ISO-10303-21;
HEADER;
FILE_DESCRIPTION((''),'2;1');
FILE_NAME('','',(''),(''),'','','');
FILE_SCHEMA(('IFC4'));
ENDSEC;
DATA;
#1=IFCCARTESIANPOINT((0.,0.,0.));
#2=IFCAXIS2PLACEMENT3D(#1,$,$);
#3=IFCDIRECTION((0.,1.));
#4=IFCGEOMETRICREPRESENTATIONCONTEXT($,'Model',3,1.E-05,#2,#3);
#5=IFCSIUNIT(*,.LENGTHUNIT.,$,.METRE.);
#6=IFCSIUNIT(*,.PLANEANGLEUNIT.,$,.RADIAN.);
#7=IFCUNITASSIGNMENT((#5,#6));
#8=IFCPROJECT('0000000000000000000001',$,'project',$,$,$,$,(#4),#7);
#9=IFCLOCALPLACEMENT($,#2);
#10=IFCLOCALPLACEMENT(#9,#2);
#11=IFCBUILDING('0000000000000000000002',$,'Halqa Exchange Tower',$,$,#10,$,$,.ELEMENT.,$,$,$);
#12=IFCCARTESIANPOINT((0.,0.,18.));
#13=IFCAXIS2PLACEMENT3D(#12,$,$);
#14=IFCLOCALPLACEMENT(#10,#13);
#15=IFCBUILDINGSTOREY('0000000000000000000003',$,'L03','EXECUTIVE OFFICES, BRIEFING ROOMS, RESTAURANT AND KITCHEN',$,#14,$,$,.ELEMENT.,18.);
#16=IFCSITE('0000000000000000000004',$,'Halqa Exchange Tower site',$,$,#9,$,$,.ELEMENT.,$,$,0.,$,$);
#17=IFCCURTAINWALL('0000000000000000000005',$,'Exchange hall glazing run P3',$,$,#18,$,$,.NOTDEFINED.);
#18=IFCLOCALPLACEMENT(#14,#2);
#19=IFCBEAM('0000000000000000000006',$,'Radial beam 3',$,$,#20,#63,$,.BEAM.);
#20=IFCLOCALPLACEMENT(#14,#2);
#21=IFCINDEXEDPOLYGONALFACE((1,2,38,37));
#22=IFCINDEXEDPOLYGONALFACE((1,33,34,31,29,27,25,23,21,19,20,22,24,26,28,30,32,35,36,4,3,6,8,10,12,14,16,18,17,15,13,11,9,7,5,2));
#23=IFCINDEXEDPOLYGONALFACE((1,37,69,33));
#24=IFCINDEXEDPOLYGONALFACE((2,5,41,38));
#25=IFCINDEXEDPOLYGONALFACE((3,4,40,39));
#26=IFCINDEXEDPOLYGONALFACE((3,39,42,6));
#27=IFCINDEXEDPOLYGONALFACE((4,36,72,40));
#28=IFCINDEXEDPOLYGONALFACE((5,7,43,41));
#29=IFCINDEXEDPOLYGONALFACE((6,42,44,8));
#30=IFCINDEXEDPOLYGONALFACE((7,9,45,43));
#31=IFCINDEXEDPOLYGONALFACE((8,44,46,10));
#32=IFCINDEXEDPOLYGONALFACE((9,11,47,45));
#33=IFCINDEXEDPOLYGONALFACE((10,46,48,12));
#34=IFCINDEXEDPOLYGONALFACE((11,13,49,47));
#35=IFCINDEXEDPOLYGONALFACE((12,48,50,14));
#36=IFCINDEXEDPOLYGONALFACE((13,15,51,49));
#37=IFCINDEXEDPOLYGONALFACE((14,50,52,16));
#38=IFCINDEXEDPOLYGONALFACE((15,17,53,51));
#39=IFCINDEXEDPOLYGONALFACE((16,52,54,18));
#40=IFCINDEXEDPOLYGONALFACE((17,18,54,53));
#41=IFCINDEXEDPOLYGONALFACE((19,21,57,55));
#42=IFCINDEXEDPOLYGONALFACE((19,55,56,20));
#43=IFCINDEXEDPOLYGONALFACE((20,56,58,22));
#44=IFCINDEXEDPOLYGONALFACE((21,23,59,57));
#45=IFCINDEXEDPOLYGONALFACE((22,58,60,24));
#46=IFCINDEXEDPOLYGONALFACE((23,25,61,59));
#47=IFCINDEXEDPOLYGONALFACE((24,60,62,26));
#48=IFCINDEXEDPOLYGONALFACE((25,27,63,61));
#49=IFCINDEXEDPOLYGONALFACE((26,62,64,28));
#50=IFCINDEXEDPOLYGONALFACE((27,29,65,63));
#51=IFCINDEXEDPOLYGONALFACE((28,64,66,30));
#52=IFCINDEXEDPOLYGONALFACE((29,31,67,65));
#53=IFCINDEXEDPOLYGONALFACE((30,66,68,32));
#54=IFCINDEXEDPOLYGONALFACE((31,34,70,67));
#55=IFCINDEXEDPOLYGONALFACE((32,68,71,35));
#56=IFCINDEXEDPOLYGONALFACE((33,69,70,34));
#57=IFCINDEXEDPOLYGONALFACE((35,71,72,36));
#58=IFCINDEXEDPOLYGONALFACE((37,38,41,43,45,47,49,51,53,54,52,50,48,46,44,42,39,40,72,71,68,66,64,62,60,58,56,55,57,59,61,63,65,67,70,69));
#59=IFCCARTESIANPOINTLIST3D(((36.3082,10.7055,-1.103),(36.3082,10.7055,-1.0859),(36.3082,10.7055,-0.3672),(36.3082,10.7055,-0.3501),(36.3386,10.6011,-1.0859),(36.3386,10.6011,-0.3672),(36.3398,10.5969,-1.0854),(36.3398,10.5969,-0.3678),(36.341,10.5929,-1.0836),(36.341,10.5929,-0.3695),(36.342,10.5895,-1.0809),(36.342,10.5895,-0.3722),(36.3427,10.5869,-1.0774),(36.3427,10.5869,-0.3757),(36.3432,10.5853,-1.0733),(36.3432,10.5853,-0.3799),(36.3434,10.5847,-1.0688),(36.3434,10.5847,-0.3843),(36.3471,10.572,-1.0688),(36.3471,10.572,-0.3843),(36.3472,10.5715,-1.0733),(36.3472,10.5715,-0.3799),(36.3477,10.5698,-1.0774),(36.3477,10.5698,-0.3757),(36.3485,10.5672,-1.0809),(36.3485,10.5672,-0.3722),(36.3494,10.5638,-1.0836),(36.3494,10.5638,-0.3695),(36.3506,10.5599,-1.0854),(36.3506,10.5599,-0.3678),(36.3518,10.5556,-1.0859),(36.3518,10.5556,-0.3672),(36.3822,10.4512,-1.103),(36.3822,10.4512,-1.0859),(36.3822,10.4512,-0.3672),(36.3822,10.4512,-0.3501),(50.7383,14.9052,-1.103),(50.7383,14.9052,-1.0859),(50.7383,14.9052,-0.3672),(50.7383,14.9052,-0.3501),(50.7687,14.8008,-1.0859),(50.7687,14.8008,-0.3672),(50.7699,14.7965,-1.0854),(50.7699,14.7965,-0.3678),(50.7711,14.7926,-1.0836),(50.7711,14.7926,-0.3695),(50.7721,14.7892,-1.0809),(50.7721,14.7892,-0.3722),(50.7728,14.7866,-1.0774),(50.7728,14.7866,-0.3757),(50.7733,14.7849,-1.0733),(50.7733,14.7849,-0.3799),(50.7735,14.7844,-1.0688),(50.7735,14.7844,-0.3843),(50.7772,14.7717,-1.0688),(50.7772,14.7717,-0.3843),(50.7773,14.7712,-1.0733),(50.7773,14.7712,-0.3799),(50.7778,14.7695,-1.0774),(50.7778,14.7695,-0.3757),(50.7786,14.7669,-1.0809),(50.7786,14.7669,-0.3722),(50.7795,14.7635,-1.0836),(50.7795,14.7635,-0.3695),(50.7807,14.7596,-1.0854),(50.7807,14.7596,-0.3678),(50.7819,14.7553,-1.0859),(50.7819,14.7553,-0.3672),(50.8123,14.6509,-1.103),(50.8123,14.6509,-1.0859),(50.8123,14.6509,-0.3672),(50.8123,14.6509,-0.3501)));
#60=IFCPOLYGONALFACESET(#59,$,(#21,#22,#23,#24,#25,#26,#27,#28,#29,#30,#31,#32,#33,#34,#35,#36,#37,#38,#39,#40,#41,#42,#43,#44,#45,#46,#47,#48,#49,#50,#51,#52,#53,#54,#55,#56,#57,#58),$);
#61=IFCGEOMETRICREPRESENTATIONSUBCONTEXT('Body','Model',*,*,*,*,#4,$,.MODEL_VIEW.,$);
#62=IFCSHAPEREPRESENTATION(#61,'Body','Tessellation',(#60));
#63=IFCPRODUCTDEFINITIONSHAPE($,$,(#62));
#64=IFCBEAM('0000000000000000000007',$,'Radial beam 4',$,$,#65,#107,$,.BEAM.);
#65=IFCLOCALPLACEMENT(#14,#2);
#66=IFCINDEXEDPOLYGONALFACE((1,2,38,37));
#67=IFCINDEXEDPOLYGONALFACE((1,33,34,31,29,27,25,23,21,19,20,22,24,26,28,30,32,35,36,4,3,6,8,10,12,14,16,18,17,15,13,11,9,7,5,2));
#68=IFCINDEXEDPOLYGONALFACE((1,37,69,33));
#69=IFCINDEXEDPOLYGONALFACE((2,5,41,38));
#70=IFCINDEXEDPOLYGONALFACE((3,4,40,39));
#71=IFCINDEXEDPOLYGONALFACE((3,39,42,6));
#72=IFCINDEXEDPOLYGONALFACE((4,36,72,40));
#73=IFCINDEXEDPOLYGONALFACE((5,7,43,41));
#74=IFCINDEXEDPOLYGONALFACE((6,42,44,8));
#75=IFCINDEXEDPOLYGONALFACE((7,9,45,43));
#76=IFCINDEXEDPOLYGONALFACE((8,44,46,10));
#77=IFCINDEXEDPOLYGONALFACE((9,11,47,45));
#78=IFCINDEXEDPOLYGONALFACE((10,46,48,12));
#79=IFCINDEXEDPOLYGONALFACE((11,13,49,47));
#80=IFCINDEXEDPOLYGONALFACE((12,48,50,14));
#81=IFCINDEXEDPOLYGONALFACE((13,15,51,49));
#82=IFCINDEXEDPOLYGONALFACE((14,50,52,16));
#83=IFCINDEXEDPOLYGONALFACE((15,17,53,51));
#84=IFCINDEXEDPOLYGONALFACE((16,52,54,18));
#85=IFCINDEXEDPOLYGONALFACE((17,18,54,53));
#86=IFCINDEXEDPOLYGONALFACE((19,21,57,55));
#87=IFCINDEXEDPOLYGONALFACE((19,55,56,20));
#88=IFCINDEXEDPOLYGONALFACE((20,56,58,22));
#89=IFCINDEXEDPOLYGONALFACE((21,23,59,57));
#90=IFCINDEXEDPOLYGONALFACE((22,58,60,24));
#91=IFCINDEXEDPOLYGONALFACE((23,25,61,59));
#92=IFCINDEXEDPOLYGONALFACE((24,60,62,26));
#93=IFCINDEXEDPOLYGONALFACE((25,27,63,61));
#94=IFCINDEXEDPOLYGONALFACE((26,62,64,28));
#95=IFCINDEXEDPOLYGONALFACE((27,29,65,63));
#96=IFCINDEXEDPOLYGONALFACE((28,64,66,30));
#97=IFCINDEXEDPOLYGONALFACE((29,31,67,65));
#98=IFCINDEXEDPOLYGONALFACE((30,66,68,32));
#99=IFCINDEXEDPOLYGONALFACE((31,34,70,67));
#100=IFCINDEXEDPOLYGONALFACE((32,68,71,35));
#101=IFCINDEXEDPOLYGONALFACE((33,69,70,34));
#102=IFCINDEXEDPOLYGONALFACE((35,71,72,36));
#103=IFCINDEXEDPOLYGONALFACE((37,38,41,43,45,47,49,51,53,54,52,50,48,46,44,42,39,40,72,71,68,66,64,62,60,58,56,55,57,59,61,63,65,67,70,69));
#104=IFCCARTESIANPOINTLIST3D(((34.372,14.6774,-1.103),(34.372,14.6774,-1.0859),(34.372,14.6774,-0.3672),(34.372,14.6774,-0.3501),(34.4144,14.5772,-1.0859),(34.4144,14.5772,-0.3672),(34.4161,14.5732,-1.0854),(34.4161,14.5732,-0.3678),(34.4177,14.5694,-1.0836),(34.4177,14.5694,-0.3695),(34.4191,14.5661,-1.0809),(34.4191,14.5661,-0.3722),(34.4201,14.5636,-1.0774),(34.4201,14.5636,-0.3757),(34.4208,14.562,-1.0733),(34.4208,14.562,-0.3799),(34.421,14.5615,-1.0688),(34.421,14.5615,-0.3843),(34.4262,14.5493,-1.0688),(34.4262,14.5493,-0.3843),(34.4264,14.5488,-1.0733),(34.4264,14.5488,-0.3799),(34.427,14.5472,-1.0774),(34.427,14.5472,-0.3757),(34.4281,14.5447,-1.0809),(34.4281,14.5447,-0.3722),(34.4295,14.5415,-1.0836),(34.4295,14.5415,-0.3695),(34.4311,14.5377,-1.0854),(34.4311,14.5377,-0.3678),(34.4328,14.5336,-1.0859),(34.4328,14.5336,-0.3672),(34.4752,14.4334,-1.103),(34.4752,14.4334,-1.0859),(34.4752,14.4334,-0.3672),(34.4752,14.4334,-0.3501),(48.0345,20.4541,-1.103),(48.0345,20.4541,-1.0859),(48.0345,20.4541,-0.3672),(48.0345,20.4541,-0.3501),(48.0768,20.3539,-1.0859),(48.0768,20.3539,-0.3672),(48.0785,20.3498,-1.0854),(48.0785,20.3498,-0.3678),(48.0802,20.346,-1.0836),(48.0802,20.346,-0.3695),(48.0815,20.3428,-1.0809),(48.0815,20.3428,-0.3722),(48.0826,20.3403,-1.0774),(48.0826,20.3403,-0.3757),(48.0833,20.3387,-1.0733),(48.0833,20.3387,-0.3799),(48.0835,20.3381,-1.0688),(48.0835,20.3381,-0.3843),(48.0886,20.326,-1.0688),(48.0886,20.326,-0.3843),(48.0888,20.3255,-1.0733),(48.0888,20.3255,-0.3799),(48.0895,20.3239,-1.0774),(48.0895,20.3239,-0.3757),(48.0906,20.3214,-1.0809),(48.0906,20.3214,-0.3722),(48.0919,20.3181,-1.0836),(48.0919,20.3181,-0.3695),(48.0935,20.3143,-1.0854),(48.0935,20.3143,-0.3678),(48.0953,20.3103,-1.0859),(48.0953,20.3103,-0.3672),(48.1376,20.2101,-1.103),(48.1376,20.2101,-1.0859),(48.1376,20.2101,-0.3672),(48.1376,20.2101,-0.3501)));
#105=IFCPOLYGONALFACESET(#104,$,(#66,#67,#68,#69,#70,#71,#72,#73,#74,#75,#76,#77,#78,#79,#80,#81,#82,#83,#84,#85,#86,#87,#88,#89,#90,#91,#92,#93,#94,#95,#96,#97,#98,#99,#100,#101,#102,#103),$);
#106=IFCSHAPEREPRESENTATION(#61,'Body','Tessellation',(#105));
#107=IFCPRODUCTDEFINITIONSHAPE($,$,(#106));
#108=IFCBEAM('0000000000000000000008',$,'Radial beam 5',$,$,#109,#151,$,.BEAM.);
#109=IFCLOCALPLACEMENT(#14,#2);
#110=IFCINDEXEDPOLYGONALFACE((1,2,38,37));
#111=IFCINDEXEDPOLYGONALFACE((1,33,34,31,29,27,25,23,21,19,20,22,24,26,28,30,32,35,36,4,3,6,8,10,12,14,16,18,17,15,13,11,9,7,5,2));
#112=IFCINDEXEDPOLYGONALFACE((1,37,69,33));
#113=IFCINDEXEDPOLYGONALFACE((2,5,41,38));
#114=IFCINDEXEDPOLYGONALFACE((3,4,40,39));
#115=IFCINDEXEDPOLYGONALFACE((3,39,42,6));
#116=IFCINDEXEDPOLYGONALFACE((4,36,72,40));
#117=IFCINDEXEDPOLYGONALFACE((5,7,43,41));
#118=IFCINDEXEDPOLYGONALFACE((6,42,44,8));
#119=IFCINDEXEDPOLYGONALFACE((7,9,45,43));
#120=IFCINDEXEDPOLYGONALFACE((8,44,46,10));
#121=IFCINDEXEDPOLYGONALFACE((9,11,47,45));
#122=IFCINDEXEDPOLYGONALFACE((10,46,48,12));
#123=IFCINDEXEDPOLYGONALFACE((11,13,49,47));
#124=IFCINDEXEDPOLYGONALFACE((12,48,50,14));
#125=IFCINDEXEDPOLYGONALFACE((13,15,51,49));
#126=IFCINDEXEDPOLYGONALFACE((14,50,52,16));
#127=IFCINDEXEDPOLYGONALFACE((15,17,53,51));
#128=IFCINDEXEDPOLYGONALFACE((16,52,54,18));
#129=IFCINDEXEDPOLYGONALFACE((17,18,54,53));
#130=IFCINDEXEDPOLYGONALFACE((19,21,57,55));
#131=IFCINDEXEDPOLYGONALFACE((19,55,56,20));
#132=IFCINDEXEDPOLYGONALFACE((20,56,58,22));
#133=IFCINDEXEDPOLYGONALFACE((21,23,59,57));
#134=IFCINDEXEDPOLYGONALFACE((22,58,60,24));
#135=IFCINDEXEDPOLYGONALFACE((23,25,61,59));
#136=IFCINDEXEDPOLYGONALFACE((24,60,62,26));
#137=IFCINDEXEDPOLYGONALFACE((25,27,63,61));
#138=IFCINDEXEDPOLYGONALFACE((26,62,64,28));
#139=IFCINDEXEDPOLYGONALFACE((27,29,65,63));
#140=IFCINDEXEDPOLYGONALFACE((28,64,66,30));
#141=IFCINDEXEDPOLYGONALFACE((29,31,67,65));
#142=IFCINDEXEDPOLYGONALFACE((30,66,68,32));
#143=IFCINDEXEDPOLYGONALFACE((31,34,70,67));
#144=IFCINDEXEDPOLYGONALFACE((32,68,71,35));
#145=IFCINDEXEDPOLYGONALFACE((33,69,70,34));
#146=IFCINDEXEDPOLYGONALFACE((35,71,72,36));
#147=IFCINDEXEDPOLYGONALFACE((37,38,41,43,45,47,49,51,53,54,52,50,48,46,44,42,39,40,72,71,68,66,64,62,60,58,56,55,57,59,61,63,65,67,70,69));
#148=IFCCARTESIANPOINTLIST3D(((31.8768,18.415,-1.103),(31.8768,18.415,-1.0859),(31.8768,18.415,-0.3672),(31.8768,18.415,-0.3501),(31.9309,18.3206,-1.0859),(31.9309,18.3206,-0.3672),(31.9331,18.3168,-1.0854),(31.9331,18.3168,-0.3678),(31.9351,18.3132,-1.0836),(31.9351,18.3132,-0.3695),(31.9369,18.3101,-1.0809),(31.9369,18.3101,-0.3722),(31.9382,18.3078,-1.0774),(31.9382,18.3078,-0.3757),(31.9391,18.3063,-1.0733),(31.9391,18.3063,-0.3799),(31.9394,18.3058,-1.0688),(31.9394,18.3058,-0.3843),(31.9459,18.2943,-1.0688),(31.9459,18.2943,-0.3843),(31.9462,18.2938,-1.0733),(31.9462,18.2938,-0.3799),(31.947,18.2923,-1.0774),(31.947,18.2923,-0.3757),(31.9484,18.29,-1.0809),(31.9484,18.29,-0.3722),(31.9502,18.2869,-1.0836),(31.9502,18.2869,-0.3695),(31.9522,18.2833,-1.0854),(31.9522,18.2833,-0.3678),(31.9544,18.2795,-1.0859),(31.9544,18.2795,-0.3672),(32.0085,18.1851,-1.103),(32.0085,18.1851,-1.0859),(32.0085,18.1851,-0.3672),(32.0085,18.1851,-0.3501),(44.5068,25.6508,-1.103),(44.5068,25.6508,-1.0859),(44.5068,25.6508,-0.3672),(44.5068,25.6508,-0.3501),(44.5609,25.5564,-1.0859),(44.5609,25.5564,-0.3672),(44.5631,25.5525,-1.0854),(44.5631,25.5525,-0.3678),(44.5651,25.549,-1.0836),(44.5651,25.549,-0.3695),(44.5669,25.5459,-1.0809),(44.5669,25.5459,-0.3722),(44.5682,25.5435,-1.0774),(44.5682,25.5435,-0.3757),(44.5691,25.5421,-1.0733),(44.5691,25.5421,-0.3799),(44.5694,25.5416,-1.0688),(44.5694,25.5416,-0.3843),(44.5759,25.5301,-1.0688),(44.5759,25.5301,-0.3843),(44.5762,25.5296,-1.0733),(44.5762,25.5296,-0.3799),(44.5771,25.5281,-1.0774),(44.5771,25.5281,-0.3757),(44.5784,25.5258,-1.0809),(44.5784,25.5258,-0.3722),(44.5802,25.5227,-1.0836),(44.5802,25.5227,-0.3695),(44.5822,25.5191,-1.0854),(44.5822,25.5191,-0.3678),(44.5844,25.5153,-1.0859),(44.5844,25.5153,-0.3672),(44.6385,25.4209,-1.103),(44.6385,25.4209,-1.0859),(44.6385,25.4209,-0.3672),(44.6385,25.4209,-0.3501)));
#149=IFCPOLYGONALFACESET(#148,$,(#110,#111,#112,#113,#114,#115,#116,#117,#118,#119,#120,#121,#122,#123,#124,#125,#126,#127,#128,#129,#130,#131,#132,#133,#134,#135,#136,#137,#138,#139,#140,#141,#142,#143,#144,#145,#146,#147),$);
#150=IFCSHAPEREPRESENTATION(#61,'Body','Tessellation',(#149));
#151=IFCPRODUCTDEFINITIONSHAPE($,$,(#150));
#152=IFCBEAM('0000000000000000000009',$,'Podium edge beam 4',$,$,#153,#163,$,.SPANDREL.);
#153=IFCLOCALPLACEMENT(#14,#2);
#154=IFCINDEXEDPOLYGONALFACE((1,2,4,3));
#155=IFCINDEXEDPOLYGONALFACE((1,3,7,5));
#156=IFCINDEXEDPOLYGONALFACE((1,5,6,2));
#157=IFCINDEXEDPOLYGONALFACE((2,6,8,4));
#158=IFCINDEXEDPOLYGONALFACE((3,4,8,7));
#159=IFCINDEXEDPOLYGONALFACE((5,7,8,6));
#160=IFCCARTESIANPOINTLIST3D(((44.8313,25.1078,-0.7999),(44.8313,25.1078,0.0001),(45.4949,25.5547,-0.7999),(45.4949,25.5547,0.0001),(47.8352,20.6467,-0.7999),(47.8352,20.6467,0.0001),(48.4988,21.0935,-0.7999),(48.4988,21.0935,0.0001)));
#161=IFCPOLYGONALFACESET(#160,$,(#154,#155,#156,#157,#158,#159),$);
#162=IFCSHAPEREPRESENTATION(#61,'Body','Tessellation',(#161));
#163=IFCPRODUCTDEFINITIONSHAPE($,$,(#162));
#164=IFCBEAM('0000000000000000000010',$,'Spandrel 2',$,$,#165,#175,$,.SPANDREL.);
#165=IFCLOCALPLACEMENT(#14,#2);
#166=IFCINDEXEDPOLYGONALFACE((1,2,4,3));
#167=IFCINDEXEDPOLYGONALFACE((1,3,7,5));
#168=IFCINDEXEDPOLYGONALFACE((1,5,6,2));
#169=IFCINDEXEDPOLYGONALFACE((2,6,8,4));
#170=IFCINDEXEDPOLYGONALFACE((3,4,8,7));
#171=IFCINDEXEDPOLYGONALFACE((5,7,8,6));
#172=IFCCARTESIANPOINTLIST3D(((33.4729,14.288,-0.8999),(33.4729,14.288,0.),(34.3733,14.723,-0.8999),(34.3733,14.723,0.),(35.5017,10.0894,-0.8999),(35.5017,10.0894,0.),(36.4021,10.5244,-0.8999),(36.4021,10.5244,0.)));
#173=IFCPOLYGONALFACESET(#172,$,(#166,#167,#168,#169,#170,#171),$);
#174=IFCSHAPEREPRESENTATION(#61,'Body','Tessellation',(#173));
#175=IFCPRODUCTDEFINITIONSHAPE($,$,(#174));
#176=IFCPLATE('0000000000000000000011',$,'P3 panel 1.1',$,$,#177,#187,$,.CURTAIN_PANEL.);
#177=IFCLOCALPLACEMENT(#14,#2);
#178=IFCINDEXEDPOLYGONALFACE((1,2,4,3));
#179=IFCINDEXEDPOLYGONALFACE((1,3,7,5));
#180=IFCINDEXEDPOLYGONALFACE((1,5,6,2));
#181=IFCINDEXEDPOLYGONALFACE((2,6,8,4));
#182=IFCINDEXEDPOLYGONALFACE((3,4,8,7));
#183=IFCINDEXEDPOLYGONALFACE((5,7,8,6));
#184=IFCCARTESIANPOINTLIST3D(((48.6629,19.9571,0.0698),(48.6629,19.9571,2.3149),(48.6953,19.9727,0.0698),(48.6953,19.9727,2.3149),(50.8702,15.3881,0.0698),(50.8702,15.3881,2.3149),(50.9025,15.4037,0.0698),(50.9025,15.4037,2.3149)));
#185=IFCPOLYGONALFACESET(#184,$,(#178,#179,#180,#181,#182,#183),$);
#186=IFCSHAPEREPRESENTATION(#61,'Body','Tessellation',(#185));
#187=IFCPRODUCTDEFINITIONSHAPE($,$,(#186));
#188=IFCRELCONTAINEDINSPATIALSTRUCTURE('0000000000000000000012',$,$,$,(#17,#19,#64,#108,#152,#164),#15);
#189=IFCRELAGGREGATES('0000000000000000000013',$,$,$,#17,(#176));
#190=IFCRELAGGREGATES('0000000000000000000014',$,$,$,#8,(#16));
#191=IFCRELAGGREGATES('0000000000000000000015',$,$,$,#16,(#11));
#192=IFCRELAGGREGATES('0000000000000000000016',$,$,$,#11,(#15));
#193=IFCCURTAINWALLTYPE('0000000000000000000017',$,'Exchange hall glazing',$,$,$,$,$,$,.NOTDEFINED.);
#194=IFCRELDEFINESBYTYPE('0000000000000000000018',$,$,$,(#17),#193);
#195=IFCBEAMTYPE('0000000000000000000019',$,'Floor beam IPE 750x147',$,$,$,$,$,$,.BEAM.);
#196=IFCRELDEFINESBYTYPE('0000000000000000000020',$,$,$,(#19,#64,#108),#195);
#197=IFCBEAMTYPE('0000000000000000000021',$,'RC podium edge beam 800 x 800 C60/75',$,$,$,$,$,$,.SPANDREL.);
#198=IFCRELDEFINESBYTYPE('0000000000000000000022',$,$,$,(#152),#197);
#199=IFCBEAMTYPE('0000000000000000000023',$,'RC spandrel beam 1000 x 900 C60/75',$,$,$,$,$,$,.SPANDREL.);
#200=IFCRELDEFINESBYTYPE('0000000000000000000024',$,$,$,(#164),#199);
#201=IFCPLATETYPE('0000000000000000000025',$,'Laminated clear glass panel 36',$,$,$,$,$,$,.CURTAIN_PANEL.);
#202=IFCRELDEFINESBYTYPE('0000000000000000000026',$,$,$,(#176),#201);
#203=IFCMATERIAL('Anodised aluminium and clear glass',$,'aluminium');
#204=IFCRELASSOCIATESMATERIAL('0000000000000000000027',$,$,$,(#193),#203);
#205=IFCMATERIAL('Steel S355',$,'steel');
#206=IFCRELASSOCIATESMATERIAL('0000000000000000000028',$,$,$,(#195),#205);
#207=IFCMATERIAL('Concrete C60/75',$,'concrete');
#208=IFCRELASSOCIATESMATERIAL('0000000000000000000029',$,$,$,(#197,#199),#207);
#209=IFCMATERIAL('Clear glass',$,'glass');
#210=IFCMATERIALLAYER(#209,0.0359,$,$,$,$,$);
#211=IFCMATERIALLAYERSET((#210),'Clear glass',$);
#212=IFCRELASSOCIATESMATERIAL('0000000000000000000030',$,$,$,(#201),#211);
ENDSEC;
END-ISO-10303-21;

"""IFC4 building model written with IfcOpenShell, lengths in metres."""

from ifc_helpers import new_model, si_unit, direction, frame, origin, origin_2d, place, context, subcontext, project, spatial, rectangle, i_section, extrude, material, layer, layer_set, material_profile, profile_set, type_object, element, aggregate, save


model = new_model("IFC4")

# Units and contexts
model_context = context("Model", 3, precision=1e-05, world=origin(), true_north=direction((0.0, 1.0)))
body_context = subcontext(model_context, "Body", "Model", "MODEL_VIEW")
ifc_project = project(units=[si_unit("LENGTHUNIT", "METRE"), si_unit("PLANEANGLEUNIT", "RADIAN")], contexts=[model_context])

# Site, building, storey
site_placement = place(None, origin())
site = spatial("IfcSite", under=ifc_project, at=site_placement, Name="Halqa Exchange Tower site", CompositionType="ELEMENT", RefElevation=0.0)
building_placement = place(site_placement, origin())
building = spatial("IfcBuilding", under=site, at=building_placement, Name="Halqa Exchange Tower", CompositionType="ELEMENT")
storey_placement = place(building_placement, frame((0.0, 0.0, 18.0)))
storey = spatial("IfcBuildingStorey", under=building, at=storey_placement, Name="L03", Description="EXECUTIVE OFFICES, BRIEFING ROOMS, RESTAURANT AND KITCHEN", CompositionType="ELEMENT", Elevation=18.0)

# Shared definitions
ifc_material_1 = material(Name="Concrete C60/75", Category="concrete")

# Curtain wall
ifc_material_2 = material(Name="Anodised aluminium and clear glass", Category="aluminium")
curtain_wall_type = type_object("IfcCurtainWallType", Name="Exchange hall glazing", PredefinedType="NOTDEFINED", material=ifc_material_2)
curtain_wall_1_placement = place(storey_placement, origin())
curtain_wall_1 = element("IfcCurtainWall", 1, at=curtain_wall_1_placement, inside=storey, type_object=curtain_wall_type, Name="Exchange hall glazing run P3", PredefinedType="NOTDEFINED")

# Beams
ifc_material_3 = material(Name="Steel S355", Category="steel")
ifc_material_profile_1 = material_profile(ifc_material_3, i_section(OverallWidth=0.2649, OverallDepth=0.7529, WebThickness=0.0132, FlangeThickness=0.0171, FilletRadius=0.0171, at=origin_2d()), Name="IPE 750x147")
ifc_profile_set_1 = profile_set([ifc_material_profile_1], Name="Steel S355")
beam_type_1 = type_object("IfcBeamType", Name="Floor beam IPE 750x147", PredefinedType="BEAM", material=ifc_profile_set_1)
beam_1_placement = place(storey_placement, frame((36.3452, 10.5784, -0.7266), z_axis=(0.960162, 0.279442, 0.0), x_axis=(-0.279442, 0.960162, 0.0)))
element("IfcBeam", 2, at=beam_1_placement, inside=storey, type_object=beam_type_1, Name="Radial beam 3", PredefinedType="BEAM", context=body_context, shape_type="SweptSolid", body=[
    extrude(i_section(OverallWidth=0.2649, OverallDepth=0.7529, WebThickness=0.0132, FlangeThickness=0.0171, FilletRadius=0.0171, at=origin_2d()), origin(), (0.0, 0.0, 1.0), 15.0288),
])
beam_2_placement = place(storey_placement, frame((34.4236, 14.5554, -0.7266), z_axis=(0.921055, 0.389433, 0.0), x_axis=(-0.389433, 0.921055, 0.0)))
element("IfcBeam", 3, at=beam_2_placement, inside=storey, type_object=beam_type_1, Name="Radial beam 4", PredefinedType="BEAM", context=body_context, shape_type="SweptSolid", body=[
    extrude(i_section(OverallWidth=0.2649, OverallDepth=0.7529, WebThickness=0.0132, FlangeThickness=0.0171, FilletRadius=0.0171, at=origin_2d()), origin(), (0.0, 0.0, 1.0), 14.8335),
])
beam_3_placement = place(storey_placement, frame((31.9426, 18.3, -0.7266), z_axis=(0.867691, 0.497103, 0.0), x_axis=(-0.497103, 0.867691, 0.0)))
element("IfcBeam", 4, at=beam_3_placement, inside=storey, type_object=beam_type_1, Name="Radial beam 5", PredefinedType="BEAM", context=body_context, shape_type="SweptSolid", body=[
    extrude(i_section(OverallWidth=0.2649, OverallDepth=0.7529, WebThickness=0.0132, FlangeThickness=0.0171, FilletRadius=0.0171, at=origin_2d()), origin(), (0.0, 0.0, 1.0), 14.5559),
])
ifc_material_profile_2 = material_profile(ifc_material_1, rectangle(XDim=0.8, YDim=0.8, at=origin_2d()), Name="800 x 800")
ifc_profile_set_2 = profile_set([ifc_material_profile_2], Name="Concrete C60/75")
beam_type_2 = type_object("IfcBeamType", Name="RC podium edge beam 800 x 800 C60/75", PredefinedType="SPANDREL", material=ifc_profile_set_2)
beam_4_placement = place(storey_placement, frame((48.167, 20.8701, -0.3999), z_axis=(-0.558528, 0.829485, 0.0), x_axis=(-0.829485, -0.558528, 0.0)))
element("IfcBeam", 5, at=beam_4_placement, inside=storey, type_object=beam_type_2, Name="Podium edge beam 4", PredefinedType="SPANDREL", context=body_context, shape_type="SweptSolid", body=[
    extrude(rectangle(XDim=0.8, YDim=0.8, at=origin_2d()), origin(), (0.0, 0.0, 1.0), 5.3782),
])
ifc_material_profile_3 = material_profile(ifc_material_1, rectangle(XDim=1.0, YDim=0.8999, at=origin_2d()), Name="1000 x 900")
ifc_profile_set_3 = profile_set([ifc_material_profile_3], Name="Concrete C60/75")
beam_type_3 = type_object("IfcBeamType", Name="RC spandrel beam 1000 x 900 C60/75", PredefinedType="SPANDREL", material=ifc_profile_set_3)
beam_5_placement = place(storey_placement, frame((35.9519, 10.3069, -0.45), z_axis=(-0.435068, 0.900397, 0.0), x_axis=(-0.900397, -0.435068, 0.0)))
element("IfcBeam", 6, at=beam_5_placement, inside=storey, type_object=beam_type_3, Name="Spandrel 2", PredefinedType="SPANDREL", context=body_context, shape_type="SweptSolid", body=[
    extrude(rectangle(XDim=1.0, YDim=0.8999, at=origin_2d()), origin(), (0.0, 0.0, 1.0), 4.6631),
])

# Plate
ifc_material_4 = material(Name="Clear glass", Category="glass")
ifc_layer_1 = layer(ifc_material_4, 0.0359)
ifc_layer_set_1 = layer_set([ifc_layer_1], Name="Clear glass")
plate_type = type_object("IfcPlateType", Name="Laminated clear glass panel 36", PredefinedType="CURTAIN_PANEL", material=ifc_layer_set_1)
plate_1_placement = place(storey_placement, frame((49.7827, 17.6804, 0.0698), z_axis=(0.0, 0.0, 1.0), x_axis=(-0.43499, 0.900435, 0.0)))
plate_1 = element("IfcPlate", 7, at=plate_1_placement, type_object=plate_type, Name="P3 panel 1.1", PredefinedType="CURTAIN_PANEL", context=body_context, shape_type="SweptSolid", body=[
    extrude(rectangle(XDim=5.0742, YDim=0.0359, at=origin_2d()), origin(), (0.0, 0.0, 1.0), 2.2451),
])
aggregate(curtain_wall_1, [plate_1])

save(model, "model.ifc")
